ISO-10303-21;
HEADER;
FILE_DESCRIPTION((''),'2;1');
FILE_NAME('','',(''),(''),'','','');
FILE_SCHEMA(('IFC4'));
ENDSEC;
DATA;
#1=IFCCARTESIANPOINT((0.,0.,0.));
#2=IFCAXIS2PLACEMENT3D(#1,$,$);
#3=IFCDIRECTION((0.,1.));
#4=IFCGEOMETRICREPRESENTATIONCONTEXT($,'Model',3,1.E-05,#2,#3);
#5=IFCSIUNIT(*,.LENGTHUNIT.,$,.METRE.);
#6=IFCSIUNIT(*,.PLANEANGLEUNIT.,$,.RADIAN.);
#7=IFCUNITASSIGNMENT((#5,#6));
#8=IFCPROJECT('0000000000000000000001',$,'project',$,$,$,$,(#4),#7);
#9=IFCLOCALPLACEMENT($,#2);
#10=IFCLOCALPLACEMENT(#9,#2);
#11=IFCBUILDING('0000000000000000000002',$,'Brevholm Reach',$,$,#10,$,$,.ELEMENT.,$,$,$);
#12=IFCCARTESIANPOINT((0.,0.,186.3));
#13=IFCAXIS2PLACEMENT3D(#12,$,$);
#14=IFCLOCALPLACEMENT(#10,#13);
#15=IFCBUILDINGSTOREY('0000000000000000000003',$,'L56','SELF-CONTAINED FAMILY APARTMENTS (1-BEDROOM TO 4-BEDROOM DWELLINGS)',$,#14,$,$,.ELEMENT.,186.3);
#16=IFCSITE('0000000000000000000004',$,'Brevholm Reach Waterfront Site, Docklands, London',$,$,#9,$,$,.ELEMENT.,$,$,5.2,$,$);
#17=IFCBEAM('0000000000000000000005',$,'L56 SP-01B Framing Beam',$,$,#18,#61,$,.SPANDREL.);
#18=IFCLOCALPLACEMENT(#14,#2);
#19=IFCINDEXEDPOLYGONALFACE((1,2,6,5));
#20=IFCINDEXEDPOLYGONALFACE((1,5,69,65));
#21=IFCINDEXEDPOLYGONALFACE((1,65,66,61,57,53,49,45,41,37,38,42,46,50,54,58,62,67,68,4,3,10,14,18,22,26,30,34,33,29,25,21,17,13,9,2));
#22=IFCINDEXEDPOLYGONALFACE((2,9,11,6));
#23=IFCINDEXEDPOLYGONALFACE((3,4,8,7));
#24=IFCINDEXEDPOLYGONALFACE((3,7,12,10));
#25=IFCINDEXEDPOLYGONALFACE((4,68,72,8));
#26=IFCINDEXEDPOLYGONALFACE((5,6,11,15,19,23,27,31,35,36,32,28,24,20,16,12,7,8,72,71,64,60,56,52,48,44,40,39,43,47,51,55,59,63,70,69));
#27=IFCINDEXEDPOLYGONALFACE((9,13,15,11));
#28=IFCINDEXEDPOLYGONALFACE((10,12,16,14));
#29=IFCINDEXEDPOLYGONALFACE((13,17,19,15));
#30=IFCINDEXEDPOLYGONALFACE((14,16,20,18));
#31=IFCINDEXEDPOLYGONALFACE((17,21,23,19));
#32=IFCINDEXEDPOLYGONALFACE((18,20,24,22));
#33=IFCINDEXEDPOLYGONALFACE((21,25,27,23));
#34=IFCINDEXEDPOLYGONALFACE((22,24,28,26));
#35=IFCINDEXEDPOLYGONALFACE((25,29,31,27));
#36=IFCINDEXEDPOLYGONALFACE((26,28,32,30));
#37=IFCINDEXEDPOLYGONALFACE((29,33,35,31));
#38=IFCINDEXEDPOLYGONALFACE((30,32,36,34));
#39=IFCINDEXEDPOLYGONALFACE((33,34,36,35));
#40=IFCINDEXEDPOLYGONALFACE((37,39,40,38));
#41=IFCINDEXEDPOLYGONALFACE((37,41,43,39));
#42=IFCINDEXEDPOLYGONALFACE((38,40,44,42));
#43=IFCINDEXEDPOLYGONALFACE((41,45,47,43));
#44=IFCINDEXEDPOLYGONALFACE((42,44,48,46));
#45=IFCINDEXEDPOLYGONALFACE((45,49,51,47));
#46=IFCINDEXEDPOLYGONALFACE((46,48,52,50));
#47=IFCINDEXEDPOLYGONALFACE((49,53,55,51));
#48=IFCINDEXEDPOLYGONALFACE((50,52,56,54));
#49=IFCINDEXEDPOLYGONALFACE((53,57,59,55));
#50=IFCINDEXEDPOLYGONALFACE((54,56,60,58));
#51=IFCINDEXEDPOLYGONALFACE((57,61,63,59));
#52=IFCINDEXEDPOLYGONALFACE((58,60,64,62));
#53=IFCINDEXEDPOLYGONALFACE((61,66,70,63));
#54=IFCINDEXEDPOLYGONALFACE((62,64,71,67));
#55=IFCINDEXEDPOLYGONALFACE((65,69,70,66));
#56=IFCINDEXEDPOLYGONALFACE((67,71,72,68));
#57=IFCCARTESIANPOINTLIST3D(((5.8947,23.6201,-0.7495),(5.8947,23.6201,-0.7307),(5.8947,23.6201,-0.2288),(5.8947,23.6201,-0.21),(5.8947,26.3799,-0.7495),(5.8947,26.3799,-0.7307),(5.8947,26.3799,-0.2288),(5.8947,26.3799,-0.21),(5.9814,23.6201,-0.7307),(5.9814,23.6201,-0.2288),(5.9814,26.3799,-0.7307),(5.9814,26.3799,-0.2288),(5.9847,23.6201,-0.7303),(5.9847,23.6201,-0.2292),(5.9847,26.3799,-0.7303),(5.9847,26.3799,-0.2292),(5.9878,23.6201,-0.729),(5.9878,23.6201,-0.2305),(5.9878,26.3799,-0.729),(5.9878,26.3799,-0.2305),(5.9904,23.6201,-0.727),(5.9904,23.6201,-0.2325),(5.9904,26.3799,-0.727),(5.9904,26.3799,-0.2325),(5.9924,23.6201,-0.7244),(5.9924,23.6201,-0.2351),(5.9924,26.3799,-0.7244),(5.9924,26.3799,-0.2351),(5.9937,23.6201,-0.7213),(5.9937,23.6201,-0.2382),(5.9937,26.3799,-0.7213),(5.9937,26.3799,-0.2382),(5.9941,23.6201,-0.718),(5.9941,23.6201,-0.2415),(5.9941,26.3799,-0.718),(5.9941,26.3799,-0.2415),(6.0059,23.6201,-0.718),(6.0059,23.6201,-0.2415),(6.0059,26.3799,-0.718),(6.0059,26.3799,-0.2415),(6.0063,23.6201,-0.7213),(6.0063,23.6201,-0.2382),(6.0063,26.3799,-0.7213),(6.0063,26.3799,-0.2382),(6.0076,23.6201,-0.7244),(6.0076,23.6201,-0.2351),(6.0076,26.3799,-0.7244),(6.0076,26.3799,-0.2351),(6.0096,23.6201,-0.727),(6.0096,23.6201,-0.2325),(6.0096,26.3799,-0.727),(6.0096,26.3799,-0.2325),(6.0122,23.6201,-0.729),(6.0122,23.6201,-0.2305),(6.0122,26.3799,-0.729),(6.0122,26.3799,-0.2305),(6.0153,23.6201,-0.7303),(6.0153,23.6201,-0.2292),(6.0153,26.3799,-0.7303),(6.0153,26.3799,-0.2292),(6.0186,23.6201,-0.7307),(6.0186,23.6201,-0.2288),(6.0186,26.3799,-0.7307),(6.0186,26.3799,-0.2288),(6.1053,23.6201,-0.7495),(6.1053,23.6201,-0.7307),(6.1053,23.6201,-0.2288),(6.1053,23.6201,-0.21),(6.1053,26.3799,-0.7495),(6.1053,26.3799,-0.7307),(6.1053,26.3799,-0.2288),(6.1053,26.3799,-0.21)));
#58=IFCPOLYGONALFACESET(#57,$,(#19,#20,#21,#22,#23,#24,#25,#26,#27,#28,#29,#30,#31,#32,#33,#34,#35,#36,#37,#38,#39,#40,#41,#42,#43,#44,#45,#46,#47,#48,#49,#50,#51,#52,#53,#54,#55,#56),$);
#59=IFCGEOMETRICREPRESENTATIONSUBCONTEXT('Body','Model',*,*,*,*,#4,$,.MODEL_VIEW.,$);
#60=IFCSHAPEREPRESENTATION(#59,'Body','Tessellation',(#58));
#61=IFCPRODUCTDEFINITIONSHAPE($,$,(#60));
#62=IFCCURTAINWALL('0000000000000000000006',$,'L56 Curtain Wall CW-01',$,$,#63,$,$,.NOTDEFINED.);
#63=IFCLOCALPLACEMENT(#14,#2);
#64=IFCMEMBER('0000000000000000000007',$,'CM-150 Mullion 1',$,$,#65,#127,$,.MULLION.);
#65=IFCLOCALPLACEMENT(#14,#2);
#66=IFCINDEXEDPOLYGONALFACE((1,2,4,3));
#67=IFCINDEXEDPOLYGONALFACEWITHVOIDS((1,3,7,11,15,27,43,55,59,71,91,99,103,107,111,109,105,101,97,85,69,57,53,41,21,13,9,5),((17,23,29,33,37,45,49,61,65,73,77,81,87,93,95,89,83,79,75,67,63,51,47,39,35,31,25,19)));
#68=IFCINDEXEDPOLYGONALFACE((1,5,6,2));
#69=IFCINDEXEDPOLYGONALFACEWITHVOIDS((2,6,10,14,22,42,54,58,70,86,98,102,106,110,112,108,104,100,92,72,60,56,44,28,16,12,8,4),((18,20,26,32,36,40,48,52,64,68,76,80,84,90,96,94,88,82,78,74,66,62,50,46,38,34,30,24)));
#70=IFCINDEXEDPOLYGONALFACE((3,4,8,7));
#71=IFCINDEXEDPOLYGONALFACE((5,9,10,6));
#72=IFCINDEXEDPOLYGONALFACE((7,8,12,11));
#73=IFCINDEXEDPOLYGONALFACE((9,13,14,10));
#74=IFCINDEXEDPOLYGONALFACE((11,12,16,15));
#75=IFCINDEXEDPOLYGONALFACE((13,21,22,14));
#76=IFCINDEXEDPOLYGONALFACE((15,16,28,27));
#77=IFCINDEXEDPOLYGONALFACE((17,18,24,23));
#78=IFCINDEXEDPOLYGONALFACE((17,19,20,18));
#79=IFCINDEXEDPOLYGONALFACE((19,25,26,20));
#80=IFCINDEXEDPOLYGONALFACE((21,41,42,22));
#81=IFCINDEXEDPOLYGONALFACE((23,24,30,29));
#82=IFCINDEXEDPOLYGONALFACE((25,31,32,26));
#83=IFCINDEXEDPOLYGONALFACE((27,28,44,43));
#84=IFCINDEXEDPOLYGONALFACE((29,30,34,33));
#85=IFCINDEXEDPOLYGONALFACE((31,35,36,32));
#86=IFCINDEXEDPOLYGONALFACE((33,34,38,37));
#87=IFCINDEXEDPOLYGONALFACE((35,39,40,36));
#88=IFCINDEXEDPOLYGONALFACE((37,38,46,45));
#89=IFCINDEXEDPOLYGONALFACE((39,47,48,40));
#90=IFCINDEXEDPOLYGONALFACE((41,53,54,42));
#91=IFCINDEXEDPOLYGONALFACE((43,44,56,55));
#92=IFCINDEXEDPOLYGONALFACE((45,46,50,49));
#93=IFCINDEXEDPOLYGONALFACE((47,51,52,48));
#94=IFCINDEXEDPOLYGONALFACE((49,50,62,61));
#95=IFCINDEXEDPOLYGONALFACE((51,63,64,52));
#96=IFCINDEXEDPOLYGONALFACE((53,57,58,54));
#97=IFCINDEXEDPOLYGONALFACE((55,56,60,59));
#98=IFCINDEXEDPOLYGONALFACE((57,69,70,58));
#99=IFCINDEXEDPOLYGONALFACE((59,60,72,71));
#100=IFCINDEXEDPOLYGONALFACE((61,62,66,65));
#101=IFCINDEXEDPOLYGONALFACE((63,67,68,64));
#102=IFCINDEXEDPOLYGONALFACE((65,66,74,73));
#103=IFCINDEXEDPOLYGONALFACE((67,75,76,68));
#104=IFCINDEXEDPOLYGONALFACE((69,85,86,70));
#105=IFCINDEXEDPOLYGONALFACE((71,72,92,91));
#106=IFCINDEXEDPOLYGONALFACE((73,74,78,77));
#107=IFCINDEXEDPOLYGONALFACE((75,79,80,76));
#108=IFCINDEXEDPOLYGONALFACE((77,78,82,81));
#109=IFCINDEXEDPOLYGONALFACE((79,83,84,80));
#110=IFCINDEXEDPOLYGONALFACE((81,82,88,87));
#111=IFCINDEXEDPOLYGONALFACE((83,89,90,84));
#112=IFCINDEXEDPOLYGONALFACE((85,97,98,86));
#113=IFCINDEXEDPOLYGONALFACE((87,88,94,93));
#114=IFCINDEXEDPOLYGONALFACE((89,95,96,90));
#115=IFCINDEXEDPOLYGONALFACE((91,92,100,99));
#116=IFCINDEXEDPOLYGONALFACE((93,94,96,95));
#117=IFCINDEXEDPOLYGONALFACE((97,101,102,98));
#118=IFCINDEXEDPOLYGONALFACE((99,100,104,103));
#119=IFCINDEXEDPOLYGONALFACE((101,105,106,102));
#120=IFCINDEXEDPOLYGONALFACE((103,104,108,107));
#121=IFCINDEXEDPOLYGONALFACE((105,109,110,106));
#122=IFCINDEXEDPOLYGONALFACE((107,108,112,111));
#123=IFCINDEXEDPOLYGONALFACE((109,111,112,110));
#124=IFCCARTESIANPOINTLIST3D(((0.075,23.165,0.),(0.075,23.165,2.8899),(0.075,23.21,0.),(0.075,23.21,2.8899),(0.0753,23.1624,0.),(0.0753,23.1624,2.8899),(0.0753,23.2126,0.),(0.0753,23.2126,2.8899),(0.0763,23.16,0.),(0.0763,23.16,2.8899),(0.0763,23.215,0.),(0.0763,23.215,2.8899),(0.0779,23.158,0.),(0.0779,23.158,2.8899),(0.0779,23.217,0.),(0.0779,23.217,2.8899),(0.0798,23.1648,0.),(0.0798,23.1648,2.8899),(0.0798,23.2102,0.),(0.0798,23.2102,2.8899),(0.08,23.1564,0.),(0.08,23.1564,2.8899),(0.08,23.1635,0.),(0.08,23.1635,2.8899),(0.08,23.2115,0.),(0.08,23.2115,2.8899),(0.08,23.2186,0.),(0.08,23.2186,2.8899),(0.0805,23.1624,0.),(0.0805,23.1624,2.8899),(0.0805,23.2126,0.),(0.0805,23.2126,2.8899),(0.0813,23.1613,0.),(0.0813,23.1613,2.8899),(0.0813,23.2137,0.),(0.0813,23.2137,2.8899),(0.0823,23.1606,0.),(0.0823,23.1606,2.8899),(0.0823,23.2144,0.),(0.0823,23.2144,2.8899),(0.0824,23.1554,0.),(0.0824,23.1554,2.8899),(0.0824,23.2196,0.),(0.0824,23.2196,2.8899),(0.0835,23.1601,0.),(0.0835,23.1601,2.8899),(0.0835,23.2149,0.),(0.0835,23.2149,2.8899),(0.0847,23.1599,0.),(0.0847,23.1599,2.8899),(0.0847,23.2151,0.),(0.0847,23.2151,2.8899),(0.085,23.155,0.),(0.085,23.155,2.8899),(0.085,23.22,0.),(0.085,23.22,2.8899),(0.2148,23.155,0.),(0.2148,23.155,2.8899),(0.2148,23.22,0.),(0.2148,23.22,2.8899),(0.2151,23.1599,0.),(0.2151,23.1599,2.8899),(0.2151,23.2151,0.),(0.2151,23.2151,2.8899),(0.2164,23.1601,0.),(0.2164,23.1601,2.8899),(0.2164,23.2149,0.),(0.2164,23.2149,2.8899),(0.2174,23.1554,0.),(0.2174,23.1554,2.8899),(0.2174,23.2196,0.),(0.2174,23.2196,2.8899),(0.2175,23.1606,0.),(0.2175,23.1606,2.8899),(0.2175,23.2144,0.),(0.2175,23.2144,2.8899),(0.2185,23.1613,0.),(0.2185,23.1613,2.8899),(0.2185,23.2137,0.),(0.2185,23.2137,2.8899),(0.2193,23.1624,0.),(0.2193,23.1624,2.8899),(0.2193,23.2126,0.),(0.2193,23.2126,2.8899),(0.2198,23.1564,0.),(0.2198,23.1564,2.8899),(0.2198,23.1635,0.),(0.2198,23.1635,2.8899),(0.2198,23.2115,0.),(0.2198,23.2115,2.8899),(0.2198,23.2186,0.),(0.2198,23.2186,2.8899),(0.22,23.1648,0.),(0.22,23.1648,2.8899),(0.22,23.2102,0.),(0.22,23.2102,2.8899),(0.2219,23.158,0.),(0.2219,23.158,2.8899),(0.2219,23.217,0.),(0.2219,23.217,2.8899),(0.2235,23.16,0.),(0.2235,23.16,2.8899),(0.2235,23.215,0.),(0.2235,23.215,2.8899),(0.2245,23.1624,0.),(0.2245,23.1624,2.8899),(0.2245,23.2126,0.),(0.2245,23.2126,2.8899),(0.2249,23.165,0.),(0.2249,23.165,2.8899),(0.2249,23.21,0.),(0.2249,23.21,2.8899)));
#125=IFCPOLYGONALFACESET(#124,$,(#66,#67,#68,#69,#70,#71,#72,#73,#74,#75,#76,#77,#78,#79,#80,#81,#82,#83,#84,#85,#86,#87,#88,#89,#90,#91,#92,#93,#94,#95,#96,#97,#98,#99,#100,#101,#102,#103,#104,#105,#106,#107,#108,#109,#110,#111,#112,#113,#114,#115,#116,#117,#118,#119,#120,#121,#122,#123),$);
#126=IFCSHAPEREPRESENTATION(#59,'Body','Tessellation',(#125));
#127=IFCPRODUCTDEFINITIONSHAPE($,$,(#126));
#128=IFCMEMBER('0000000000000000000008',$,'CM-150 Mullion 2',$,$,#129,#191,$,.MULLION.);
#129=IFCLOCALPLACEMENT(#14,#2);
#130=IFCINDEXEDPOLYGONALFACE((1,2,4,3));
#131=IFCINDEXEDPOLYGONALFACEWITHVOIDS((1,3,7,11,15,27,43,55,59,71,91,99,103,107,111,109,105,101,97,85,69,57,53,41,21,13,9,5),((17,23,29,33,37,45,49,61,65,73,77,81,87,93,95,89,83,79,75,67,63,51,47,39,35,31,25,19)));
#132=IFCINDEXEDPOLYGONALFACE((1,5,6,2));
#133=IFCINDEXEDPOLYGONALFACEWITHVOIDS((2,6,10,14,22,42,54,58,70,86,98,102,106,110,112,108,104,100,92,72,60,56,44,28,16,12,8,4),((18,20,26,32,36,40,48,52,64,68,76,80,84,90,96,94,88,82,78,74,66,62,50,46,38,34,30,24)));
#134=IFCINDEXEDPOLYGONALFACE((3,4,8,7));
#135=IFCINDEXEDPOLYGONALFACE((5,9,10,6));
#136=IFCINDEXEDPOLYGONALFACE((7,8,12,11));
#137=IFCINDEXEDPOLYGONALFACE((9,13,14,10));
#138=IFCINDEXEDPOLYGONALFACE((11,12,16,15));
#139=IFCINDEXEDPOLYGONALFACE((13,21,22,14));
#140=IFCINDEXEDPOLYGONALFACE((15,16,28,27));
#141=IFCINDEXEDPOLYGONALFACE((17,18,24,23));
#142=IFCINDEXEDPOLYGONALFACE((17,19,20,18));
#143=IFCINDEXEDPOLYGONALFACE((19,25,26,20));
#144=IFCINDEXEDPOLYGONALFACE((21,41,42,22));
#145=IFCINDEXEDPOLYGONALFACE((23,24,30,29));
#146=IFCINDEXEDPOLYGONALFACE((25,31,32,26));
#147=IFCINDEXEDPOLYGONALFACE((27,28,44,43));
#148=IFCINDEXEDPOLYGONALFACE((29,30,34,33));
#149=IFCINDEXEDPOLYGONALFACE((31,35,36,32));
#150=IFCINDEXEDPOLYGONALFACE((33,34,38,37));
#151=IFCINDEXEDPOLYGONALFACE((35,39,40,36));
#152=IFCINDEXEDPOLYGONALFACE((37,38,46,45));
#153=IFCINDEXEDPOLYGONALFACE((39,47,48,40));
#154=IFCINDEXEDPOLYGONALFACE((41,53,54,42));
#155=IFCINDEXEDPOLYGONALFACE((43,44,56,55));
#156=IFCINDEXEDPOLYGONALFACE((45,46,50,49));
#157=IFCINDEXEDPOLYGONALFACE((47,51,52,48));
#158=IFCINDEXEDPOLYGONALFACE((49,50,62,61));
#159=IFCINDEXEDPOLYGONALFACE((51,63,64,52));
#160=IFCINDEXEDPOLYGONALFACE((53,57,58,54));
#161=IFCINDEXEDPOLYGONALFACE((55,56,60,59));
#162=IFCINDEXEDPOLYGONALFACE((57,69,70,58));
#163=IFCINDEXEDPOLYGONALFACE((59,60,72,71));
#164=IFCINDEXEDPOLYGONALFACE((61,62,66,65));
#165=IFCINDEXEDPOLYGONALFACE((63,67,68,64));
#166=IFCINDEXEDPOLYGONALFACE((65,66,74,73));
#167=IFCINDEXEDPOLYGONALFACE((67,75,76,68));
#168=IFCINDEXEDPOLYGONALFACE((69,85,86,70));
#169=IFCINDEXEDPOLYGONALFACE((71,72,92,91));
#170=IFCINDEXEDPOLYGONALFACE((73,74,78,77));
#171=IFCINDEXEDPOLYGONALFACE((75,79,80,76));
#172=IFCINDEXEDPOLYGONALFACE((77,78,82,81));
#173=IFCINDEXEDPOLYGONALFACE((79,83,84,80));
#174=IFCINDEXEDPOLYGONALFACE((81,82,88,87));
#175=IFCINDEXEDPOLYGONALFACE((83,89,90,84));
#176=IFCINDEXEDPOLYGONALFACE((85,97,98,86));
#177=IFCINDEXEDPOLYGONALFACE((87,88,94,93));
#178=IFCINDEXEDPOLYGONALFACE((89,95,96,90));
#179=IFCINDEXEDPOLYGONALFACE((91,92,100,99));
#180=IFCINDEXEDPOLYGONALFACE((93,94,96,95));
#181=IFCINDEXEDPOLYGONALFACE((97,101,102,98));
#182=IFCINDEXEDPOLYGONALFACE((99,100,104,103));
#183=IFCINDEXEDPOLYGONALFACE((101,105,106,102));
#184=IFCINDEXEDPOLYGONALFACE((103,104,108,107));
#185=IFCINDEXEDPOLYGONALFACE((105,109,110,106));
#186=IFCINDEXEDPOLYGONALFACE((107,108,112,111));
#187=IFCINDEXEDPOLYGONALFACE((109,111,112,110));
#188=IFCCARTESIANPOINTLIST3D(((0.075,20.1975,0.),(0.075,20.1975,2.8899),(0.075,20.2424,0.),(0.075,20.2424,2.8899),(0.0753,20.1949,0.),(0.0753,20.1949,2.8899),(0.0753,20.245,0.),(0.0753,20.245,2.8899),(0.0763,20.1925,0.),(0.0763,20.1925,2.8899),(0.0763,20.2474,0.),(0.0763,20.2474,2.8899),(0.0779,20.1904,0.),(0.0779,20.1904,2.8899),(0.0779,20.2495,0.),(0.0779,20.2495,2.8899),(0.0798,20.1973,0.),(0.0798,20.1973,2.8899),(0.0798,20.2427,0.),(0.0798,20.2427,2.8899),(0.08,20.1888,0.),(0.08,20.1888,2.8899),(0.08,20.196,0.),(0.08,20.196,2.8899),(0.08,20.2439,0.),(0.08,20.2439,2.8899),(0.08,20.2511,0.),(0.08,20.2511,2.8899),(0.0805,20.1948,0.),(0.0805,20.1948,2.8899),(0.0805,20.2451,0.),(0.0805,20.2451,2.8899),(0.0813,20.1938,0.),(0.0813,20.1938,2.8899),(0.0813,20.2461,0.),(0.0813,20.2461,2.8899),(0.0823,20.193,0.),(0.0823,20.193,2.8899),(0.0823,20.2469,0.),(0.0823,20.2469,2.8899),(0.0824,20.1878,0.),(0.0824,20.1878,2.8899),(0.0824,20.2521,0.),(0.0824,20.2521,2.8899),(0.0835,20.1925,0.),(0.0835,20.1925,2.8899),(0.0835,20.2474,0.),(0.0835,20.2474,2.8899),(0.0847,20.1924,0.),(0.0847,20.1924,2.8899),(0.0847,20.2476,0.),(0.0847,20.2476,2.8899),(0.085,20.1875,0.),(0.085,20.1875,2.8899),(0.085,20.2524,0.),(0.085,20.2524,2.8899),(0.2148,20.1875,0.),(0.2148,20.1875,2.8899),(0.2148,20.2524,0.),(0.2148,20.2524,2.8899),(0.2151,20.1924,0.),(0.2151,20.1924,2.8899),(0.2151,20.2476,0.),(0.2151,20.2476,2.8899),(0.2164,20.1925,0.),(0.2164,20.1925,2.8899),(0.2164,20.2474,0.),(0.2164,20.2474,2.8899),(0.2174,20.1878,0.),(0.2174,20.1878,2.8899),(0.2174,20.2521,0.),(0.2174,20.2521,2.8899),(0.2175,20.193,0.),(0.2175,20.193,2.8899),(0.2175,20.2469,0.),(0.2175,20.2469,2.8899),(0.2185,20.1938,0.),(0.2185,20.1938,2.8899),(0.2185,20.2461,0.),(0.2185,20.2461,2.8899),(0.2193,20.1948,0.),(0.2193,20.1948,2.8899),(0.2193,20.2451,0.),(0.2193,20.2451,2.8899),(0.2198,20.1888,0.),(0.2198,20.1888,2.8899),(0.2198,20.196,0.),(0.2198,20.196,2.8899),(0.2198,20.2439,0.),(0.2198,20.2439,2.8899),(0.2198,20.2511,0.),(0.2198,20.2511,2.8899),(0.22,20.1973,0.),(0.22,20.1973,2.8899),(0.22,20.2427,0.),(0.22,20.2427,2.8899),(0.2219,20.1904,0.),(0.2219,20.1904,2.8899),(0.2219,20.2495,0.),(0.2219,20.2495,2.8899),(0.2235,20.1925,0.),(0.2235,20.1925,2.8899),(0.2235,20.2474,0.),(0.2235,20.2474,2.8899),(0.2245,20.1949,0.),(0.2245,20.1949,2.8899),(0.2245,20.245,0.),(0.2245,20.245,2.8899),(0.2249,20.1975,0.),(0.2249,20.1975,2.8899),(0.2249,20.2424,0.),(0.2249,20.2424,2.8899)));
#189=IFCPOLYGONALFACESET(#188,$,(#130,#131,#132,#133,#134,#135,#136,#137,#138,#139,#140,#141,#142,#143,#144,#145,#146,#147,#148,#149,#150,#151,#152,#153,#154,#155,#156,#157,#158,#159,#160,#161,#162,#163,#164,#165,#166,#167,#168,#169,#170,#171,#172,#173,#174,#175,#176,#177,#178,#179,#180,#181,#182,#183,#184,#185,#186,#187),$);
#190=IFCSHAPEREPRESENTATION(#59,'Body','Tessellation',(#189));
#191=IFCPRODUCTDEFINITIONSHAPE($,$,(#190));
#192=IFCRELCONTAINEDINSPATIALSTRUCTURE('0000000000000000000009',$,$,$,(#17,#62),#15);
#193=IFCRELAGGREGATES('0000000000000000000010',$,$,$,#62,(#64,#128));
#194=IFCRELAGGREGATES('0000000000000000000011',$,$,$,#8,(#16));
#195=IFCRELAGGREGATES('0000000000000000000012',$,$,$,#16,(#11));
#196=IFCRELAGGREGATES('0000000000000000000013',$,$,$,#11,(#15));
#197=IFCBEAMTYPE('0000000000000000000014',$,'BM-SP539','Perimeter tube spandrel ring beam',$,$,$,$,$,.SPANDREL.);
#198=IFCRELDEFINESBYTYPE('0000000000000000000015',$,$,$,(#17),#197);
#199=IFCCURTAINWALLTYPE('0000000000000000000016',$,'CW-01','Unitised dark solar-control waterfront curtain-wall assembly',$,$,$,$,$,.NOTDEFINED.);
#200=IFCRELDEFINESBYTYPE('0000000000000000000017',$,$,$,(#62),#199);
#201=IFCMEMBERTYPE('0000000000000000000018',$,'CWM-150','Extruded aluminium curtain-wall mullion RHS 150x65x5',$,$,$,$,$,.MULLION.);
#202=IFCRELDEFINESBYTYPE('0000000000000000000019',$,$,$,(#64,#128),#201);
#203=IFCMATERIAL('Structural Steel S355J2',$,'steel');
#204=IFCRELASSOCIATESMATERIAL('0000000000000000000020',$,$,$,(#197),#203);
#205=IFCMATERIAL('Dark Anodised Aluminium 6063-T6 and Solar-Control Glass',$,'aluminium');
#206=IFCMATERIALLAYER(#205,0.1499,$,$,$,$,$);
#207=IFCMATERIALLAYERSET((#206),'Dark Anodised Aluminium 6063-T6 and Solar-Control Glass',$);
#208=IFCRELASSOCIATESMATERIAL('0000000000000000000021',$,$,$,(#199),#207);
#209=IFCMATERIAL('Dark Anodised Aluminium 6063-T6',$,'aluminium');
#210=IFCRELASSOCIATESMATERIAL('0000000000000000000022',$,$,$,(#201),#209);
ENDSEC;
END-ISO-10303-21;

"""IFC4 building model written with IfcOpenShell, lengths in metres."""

from ifc_helpers import new_model, si_unit, direction, frame, origin, origin_2d, place, context, subcontext, project, spatial, hollow_rectangle, i_section, extrude, material, layer, layer_set, material_profile, profile_set, type_object, element, aggregate, save


model = new_model("IFC4")

# Units and contexts
model_context = context("Model", 3, precision=1e-05, world=origin(), true_north=direction((0.0, 1.0)))
body_context = subcontext(model_context, "Body", "Model", "MODEL_VIEW")
ifc_project = project(units=[si_unit("LENGTHUNIT", "METRE"), si_unit("PLANEANGLEUNIT", "RADIAN")], contexts=[model_context])

# Site, building, storey
site_placement = place(None, origin())
site = spatial("IfcSite", under=ifc_project, at=site_placement, Name="Brevholm Reach Waterfront Site, Docklands, London", CompositionType="ELEMENT", RefElevation=5.2)
building_placement = place(site_placement, origin())
building = spatial("IfcBuilding", under=site, at=building_placement, Name="Brevholm Reach", CompositionType="ELEMENT")
storey_placement = place(building_placement, frame((0.0, 0.0, 186.3)))
storey = spatial("IfcBuildingStorey", under=building, at=storey_placement, Name="L56", Description="SELF-CONTAINED FAMILY APARTMENTS (1-BEDROOM TO 4-BEDROOM DWELLINGS)", CompositionType="ELEMENT", Elevation=186.3)

# Beam
ifc_material_1 = material(Name="Structural Steel S355J2", Category="steel")
ifc_material_profile_1 = material_profile(ifc_material_1, i_section(OverallWidth=0.2107, OverallDepth=0.5396, WebThickness=0.0117, FlangeThickness=0.0188, FilletRadius=0.0127, at=origin_2d()), Name="UKB 533x210x109")
ifc_profile_set_1 = profile_set([ifc_material_profile_1], Name="Structural Steel S355J2")
beam_type_1 = type_object("IfcBeamType", Name="BM-SP539", Description="Perimeter tube spandrel ring beam", PredefinedType="SPANDREL", material=ifc_profile_set_1)
beam_1_placement = place(storey_placement, frame((6.0, 23.6201, -0.4797), z_axis=(0.0, 1.0, 0.0), x_axis=(-1.0, 0.0, 0.0)))
element("IfcBeam", 1, at=beam_1_placement, inside=storey, type_object=beam_type_1, Name="L56 SP-01B Framing Beam", PredefinedType="SPANDREL", context=body_context, shape_type="SweptSolid", body=[
    extrude(i_section(OverallWidth=0.2107, OverallDepth=0.5396, WebThickness=0.0117, FlangeThickness=0.0188, FilletRadius=0.0127, at=origin_2d()), origin(), (0.0, 0.0, 1.0), 2.7598),
])

# Curtain wall, members
ifc_material_2 = material(Name="Dark Anodised Aluminium 6063-T6 and Solar-Control Glass", Category="aluminium")
ifc_layer_1 = layer(ifc_material_2, 0.1499)
ifc_layer_set_1 = layer_set([ifc_layer_1], Name="Dark Anodised Aluminium 6063-T6 and Solar-Control Glass")
curtain_wall_type = type_object("IfcCurtainWallType", Name="CW-01", Description="Unitised dark solar-control waterfront curtain-wall assembly", PredefinedType="NOTDEFINED", material=ifc_layer_set_1)
curtain_wall_1_placement = place(storey_placement, origin())
curtain_wall_1 = element("IfcCurtainWall", 2, at=curtain_wall_1_placement, inside=storey, type_object=curtain_wall_type, Name="L56 Curtain Wall CW-01", PredefinedType="NOTDEFINED")
ifc_material_3 = material(Name="Dark Anodised Aluminium 6063-T6", Category="aluminium")
ifc_material_profile_2 = material_profile(ifc_material_3, hollow_rectangle(XDim=0.0649, YDim=0.1499, WallThickness=0.0049, InnerFilletRadius=0.0049, OuterFilletRadius=0.01, at=origin_2d()), Name="RHS 150x65x5")
ifc_profile_set_2 = profile_set([ifc_material_profile_2], Name="Dark Anodised Aluminium 6063-T6")
member_type_1 = type_object("IfcMemberType", Name="CWM-150", Description="Extruded aluminium curtain-wall mullion RHS 150x65x5", PredefinedType="MULLION", material=ifc_profile_set_2)
member_1_placement = place(storey_placement, frame((0.1499, 23.1875, 0.0), z_axis=(0.0, 0.0, 1.0), x_axis=(0.0, -1.0, 0.0)))
member_1 = element("IfcMember", 3, at=member_1_placement, type_object=member_type_1, Name="CM-150 Mullion 1", PredefinedType="MULLION", context=body_context, shape_type="SweptSolid", body=[
    extrude(hollow_rectangle(XDim=0.0649, YDim=0.1499, WallThickness=0.0049, InnerFilletRadius=0.0049, OuterFilletRadius=0.01, at=origin_2d()), origin(), (0.0, 0.0, 1.0), 2.8899),
])
member_2_placement = place(storey_placement, frame((0.1499, 20.22, 0.0), z_axis=(0.0, 0.0, 1.0), x_axis=(0.0, -1.0, 0.0)))
member_2 = element("IfcMember", 4, at=member_2_placement, type_object=member_type_1, Name="CM-150 Mullion 2", PredefinedType="MULLION", context=body_context, shape_type="SweptSolid", body=[
    extrude(hollow_rectangle(XDim=0.0649, YDim=0.1499, WallThickness=0.0049, InnerFilletRadius=0.0049, OuterFilletRadius=0.01, at=origin_2d()), origin(), (0.0, 0.0, 1.0), 2.8899),
])

aggregate(curtain_wall_1, [member_1, member_2])

save(model, "model.ifc")
